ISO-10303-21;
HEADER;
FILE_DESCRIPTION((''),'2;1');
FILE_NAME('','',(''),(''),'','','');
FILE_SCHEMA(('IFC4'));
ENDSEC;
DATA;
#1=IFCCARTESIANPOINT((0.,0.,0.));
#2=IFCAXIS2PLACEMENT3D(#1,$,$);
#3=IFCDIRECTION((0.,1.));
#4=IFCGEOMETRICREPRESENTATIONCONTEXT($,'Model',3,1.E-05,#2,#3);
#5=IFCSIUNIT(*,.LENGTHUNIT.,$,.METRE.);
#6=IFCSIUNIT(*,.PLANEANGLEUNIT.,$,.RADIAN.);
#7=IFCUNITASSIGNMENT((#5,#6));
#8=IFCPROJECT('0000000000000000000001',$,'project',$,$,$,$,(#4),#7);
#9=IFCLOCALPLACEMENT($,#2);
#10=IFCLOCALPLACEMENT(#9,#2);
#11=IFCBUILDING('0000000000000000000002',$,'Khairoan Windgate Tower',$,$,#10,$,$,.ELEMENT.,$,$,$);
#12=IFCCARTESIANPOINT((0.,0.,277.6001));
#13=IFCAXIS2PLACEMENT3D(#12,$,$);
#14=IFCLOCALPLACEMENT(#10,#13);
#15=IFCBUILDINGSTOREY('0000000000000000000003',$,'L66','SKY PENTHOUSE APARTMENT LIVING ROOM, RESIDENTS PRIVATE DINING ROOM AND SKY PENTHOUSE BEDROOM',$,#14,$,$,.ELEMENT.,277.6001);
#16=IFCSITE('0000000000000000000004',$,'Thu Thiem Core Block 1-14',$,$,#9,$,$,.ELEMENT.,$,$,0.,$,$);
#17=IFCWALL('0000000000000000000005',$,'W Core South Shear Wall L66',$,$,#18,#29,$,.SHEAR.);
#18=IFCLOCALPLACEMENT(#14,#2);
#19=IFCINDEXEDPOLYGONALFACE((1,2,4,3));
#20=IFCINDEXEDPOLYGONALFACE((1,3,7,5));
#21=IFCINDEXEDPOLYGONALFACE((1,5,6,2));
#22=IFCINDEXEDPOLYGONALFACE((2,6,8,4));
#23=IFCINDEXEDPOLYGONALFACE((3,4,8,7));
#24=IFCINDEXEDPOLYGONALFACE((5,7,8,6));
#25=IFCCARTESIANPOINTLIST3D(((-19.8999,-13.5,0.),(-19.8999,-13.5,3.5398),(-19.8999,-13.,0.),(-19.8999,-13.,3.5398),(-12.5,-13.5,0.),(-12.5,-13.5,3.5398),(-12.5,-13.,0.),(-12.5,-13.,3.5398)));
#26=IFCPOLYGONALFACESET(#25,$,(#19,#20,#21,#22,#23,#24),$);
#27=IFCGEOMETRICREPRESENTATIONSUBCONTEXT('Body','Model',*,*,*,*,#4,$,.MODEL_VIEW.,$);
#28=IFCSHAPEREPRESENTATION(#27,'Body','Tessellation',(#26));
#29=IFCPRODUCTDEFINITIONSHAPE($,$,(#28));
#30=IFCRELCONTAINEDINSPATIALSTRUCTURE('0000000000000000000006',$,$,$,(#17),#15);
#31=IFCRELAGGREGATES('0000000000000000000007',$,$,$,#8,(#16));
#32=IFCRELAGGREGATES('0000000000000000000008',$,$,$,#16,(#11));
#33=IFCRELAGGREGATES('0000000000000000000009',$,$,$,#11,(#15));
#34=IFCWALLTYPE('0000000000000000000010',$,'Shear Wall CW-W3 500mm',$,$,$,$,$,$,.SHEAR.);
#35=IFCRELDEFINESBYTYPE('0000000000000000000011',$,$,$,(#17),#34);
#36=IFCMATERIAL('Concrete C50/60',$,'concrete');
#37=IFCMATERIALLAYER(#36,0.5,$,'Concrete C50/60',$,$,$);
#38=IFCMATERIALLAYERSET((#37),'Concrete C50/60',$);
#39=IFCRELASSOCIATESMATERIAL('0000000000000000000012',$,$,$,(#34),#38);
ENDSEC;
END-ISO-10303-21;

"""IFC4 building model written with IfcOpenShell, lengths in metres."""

from ifc_helpers import new_model, si_unit, direction, frame, frame_2d, origin, place, context, subcontext, project, spatial, rectangle, extrude, material, layer, layer_set, type_object, element, save


model = new_model("IFC4")

# Units and contexts
model_context = context("Model", 3, precision=1e-05, world=origin(), true_north=direction((0.0, 1.0)))
body_context = subcontext(model_context, "Body", "Model", "MODEL_VIEW")
ifc_project = project(units=[si_unit("LENGTHUNIT", "METRE"), si_unit("PLANEANGLEUNIT", "RADIAN")], contexts=[model_context])

# Site, building, storey
site_placement = place(None, origin())
site = spatial("IfcSite", under=ifc_project, at=site_placement, Name="Thu Thiem Core Block 1-14", CompositionType="ELEMENT", RefElevation=0.0)
building_placement = place(site_placement, origin())
building = spatial("IfcBuilding", under=site, at=building_placement, Name="Khairoan Windgate Tower", CompositionType="ELEMENT")
storey_placement = place(building_placement, frame((0.0, 0.0, 277.6001)))
storey = spatial("IfcBuildingStorey", under=building, at=storey_placement, Name="L66", Description="SKY PENTHOUSE APARTMENT LIVING ROOM, RESIDENTS PRIVATE DINING ROOM AND SKY PENTHOUSE BEDROOM", CompositionType="ELEMENT", Elevation=277.6001)

# Wall
ifc_material_1 = material(Name="Concrete C50/60", Category="concrete")
ifc_layer_1 = layer(ifc_material_1, 0.5, Name="Concrete C50/60")
ifc_layer_set_1 = layer_set([ifc_layer_1], Name="Concrete C50/60")
wall_type_1 = type_object("IfcWallType", Name="Shear Wall CW-W3 500mm", PredefinedType="SHEAR", material=ifc_layer_set_1)
wall_1_placement = place(storey_placement, frame((-19.8999, -13.25, 0.0), z_axis=(0.0, 0.0, 1.0), x_axis=(1.0, 0.0, 0.0)))
element("IfcWall", 1, at=wall_1_placement, inside=storey, type_object=wall_type_1, Name="W Core South Shear Wall L66", PredefinedType="SHEAR", context=body_context, shape_type="SweptSolid", body=[
    extrude(rectangle(XDim=7.3999, YDim=0.5, at=frame_2d((3.7, 0.0))), origin(), (0.0, 0.0, 1.0), 3.5398),
])

save(model, "model.ifc")
